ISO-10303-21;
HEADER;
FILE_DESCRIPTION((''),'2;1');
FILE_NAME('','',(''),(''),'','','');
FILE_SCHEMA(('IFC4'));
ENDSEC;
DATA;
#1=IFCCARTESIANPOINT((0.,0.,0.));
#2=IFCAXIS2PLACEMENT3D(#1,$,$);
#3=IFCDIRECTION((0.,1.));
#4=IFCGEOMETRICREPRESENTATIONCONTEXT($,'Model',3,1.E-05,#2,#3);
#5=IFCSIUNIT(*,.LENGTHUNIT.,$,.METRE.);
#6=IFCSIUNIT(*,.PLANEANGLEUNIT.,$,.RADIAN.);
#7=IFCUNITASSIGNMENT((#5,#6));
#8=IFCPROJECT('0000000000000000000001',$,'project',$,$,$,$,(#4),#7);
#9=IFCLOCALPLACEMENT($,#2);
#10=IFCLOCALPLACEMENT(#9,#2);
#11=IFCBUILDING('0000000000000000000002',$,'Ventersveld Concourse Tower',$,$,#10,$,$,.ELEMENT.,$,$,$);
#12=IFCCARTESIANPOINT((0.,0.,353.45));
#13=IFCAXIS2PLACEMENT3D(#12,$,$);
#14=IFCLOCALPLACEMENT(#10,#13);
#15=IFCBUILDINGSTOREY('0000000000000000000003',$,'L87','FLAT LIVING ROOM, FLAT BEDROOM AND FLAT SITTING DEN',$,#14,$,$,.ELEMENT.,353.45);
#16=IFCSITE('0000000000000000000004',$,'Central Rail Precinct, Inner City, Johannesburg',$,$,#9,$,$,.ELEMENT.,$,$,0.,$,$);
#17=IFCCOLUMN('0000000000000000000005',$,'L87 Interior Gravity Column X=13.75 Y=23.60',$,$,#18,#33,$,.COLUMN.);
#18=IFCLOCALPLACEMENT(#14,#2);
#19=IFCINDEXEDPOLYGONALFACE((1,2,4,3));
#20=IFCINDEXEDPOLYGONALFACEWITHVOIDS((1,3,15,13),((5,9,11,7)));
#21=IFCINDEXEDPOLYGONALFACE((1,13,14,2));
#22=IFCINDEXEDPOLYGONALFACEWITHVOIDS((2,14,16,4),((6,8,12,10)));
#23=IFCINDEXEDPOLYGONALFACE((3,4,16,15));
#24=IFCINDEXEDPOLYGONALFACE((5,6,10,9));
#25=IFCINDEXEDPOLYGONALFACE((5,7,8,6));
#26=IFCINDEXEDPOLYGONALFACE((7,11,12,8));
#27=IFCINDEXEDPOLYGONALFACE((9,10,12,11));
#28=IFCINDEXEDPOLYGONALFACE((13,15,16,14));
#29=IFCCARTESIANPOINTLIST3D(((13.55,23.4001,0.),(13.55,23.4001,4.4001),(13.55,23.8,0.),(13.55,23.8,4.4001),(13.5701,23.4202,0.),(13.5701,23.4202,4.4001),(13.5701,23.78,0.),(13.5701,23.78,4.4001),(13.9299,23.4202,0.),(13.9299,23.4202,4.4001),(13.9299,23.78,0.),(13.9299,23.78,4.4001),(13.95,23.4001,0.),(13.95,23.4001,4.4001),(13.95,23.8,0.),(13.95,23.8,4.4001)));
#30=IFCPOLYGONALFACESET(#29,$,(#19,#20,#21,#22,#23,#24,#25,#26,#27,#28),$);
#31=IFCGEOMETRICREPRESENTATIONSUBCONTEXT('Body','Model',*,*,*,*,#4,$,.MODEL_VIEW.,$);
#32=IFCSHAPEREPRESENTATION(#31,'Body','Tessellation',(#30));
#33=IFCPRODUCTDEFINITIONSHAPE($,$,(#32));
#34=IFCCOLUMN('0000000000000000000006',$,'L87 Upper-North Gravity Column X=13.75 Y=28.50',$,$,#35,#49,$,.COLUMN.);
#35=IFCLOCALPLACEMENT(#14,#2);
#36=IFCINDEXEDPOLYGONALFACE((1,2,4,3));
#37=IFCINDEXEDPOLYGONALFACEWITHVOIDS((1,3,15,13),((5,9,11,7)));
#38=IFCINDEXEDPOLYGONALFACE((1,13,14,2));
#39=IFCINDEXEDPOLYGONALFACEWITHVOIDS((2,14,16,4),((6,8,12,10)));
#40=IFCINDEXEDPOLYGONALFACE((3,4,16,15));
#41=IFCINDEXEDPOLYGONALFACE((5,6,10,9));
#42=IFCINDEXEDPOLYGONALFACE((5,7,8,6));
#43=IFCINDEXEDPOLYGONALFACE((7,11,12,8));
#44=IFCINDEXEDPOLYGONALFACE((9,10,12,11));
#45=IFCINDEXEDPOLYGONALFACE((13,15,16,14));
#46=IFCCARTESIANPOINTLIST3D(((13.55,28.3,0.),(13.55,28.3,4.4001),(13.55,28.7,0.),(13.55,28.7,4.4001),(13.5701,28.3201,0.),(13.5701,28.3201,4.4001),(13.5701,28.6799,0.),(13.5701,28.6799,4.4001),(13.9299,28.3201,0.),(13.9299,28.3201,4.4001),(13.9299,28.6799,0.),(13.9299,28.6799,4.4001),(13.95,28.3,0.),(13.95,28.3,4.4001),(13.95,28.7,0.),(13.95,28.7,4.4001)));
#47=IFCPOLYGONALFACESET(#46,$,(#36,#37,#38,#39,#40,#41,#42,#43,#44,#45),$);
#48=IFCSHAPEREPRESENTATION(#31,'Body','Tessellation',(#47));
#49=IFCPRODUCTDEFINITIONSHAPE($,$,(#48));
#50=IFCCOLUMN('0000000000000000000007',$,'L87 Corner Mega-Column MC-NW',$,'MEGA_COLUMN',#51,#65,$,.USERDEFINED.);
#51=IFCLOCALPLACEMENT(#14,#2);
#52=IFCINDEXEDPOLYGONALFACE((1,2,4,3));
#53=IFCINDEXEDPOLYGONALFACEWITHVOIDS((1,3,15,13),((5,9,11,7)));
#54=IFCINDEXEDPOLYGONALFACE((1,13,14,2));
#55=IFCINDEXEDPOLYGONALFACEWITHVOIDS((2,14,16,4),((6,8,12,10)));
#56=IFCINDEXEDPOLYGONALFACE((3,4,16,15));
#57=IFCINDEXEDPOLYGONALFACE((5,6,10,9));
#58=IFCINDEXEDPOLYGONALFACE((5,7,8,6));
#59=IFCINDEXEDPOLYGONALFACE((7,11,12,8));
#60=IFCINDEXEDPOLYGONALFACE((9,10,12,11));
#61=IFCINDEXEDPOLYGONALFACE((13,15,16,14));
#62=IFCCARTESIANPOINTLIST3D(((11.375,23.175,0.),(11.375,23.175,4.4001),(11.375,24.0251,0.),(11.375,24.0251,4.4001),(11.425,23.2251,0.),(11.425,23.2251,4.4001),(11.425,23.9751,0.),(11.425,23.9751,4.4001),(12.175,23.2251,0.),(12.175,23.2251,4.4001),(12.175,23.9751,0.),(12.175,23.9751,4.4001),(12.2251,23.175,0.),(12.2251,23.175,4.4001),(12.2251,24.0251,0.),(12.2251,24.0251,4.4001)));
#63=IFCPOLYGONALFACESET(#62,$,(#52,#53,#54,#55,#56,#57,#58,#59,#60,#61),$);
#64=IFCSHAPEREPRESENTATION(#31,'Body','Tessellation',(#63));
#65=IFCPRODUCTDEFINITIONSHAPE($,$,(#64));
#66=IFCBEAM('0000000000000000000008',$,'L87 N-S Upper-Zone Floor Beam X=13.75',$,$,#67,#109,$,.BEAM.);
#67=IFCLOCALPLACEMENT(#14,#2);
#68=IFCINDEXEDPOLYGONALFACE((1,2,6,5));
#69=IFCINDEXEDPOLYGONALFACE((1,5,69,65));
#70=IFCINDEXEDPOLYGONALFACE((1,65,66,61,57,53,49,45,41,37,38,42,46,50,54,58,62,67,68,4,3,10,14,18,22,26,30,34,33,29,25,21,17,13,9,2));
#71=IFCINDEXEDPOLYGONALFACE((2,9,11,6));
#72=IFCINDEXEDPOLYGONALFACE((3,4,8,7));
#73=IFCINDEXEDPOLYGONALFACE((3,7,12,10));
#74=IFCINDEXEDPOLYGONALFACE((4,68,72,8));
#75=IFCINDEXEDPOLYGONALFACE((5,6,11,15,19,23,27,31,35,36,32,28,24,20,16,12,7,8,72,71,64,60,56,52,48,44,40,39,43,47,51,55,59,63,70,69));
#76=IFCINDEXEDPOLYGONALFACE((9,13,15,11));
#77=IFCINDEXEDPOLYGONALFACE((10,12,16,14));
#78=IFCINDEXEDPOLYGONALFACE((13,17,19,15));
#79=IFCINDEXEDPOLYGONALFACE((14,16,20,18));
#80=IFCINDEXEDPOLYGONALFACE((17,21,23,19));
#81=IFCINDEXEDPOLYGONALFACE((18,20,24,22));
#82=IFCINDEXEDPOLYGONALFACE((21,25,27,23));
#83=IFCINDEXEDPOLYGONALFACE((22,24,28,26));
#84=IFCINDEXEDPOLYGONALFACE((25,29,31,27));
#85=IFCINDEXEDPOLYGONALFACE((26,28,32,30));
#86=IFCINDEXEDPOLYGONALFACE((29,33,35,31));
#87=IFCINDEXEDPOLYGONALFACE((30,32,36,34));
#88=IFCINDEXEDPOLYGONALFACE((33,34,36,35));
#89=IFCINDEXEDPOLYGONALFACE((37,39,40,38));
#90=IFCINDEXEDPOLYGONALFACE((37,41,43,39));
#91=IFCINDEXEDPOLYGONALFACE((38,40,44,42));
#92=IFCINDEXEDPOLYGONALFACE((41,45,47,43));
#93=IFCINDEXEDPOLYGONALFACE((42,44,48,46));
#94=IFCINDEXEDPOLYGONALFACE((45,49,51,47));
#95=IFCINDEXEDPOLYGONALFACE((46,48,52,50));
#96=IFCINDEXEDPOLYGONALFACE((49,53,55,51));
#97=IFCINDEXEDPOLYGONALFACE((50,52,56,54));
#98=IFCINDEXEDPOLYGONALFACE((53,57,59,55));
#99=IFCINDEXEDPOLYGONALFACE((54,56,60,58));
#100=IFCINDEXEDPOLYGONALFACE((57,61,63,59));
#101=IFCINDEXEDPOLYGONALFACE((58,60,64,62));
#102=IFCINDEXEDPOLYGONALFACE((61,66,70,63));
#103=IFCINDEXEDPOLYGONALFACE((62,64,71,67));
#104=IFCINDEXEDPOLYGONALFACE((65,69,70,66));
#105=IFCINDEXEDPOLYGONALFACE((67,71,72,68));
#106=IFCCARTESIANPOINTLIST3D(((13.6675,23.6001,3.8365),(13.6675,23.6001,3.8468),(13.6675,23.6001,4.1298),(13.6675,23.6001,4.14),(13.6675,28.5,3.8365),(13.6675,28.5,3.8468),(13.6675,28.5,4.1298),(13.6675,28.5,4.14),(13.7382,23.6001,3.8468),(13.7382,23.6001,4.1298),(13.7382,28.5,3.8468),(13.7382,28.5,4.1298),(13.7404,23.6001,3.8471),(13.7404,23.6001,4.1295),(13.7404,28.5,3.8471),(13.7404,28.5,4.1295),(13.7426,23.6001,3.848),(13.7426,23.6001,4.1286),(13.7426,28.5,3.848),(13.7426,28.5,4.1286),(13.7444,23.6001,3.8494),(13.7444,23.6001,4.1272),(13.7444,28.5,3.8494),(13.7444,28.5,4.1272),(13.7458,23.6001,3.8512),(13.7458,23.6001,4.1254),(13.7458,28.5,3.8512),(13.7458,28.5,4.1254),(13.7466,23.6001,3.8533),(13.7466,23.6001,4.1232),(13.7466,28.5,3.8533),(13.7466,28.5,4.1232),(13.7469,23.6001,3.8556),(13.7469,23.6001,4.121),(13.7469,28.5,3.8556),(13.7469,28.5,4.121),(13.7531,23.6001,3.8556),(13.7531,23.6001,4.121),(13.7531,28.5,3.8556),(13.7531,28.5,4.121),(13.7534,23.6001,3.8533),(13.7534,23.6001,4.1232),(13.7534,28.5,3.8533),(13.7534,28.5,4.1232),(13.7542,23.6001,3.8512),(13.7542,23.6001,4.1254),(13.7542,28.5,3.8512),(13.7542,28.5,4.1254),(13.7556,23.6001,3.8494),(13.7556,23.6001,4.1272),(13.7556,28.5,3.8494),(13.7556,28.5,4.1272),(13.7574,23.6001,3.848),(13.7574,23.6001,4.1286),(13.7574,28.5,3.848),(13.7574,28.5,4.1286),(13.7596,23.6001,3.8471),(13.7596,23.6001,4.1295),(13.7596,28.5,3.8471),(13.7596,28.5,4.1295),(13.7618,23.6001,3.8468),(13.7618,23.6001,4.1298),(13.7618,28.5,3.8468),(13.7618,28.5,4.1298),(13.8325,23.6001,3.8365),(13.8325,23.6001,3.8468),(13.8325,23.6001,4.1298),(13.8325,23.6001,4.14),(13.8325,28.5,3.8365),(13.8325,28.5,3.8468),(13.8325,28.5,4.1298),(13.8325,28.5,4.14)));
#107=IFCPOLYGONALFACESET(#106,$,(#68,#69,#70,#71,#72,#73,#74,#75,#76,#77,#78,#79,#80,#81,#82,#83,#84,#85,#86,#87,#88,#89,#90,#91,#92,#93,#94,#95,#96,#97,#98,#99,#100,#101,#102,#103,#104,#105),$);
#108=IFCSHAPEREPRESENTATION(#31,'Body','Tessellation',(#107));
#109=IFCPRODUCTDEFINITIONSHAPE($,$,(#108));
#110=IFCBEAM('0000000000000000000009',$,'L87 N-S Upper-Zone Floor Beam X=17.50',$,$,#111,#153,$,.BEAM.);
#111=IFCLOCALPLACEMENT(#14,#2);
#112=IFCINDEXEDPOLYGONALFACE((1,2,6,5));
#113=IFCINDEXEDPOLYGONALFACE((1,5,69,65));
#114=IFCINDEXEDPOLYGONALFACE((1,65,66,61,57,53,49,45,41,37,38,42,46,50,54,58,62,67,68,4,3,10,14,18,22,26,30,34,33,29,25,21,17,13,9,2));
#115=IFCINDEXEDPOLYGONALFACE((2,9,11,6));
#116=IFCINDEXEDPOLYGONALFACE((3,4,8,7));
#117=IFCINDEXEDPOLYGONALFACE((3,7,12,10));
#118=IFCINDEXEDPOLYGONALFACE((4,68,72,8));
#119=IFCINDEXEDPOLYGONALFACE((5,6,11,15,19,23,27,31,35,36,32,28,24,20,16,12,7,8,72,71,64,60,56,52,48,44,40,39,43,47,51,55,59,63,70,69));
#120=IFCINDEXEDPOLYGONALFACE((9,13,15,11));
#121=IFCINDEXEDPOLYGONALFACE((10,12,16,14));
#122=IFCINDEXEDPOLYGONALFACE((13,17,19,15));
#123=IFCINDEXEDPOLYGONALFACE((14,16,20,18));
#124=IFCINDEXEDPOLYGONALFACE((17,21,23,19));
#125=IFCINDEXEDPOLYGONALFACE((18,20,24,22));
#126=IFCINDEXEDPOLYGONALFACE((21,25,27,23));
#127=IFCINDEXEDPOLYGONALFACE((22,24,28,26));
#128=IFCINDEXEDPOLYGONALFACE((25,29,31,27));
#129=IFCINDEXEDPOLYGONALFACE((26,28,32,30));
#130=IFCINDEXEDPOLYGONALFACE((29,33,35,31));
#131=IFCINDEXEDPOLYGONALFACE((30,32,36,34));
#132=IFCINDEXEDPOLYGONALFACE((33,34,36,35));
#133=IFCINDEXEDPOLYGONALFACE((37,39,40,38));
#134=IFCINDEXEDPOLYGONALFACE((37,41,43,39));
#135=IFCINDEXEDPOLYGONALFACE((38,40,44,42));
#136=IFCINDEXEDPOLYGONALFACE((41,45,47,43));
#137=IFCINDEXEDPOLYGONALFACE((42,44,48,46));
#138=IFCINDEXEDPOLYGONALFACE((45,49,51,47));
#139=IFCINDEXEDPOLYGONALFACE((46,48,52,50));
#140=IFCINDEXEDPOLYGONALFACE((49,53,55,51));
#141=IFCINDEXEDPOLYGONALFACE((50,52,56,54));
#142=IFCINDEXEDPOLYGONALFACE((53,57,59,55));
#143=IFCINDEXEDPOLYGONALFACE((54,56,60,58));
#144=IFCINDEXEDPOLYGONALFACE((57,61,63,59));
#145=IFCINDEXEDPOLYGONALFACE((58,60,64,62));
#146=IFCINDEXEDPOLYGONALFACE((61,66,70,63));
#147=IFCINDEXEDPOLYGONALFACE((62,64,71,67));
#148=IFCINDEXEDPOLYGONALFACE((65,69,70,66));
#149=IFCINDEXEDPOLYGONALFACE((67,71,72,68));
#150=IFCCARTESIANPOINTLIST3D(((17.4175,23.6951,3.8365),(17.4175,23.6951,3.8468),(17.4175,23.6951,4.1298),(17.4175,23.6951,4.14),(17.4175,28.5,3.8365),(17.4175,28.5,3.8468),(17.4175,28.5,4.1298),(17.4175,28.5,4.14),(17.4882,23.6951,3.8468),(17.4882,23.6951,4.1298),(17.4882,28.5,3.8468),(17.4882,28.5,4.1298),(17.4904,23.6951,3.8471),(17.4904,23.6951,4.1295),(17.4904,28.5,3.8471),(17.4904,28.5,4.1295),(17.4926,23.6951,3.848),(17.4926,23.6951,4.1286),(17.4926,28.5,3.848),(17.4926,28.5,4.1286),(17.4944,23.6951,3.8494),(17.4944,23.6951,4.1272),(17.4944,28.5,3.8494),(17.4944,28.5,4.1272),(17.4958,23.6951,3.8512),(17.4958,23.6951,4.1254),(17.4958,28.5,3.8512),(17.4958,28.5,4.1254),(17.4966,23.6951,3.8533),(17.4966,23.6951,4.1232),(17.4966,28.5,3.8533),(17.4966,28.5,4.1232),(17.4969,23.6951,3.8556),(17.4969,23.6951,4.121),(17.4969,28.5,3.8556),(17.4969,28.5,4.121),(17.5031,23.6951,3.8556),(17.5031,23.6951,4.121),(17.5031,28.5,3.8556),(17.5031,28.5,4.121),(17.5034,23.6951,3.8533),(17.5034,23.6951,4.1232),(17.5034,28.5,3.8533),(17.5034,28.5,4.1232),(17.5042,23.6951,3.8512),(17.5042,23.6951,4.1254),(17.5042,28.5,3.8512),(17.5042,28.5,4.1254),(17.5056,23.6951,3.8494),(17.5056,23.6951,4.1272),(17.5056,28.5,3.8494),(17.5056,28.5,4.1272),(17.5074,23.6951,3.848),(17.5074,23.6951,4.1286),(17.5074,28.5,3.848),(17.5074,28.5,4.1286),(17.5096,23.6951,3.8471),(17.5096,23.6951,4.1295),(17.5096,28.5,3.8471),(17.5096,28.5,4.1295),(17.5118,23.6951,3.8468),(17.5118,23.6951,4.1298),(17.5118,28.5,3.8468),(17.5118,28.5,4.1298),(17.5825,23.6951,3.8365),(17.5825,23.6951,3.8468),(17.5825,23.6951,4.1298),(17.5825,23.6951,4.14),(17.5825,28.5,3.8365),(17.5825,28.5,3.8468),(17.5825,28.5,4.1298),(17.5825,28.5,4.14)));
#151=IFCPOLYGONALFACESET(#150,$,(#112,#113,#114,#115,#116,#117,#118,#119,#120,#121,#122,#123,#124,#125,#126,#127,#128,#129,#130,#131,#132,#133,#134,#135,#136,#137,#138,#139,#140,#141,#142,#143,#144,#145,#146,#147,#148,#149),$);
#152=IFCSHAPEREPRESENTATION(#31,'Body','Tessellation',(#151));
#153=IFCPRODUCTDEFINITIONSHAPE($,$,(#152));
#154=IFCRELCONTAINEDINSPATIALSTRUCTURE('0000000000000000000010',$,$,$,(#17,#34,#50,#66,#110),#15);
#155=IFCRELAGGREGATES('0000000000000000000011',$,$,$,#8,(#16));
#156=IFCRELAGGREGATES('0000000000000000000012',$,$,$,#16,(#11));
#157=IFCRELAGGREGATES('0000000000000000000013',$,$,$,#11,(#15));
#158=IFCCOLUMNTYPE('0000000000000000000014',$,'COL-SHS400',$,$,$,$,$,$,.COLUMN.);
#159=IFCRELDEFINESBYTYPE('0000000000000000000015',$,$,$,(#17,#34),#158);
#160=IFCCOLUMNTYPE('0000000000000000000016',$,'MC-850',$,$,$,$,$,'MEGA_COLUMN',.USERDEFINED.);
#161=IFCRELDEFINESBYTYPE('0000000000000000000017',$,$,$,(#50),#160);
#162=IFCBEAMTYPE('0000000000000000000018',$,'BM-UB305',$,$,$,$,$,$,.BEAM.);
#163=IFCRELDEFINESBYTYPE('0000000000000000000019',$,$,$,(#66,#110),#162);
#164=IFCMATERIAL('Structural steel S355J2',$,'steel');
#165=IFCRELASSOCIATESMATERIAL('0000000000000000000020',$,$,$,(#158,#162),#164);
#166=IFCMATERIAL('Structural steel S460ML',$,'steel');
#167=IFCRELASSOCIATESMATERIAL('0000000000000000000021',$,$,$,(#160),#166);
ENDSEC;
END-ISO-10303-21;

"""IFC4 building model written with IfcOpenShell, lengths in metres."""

from ifc_helpers import new_model, si_unit, direction, frame, origin, origin_2d, place, context, subcontext, project, spatial, hollow_rectangle, i_section, extrude, material, material_profile, profile_set, type_object, element, save


model = new_model("IFC4")

# Units and contexts
model_context = context("Model", 3, precision=1e-05, world=origin(), true_north=direction((0.0, 1.0)))
body_context = subcontext(model_context, "Body", "Model", "MODEL_VIEW")
ifc_project = project(units=[si_unit("LENGTHUNIT", "METRE"), si_unit("PLANEANGLEUNIT", "RADIAN")], contexts=[model_context])

# Site, building, storey
site_placement = place(None, origin())
site = spatial("IfcSite", under=ifc_project, at=site_placement, Name="Central Rail Precinct, Inner City, Johannesburg", CompositionType="ELEMENT", RefElevation=0.0)
building_placement = place(site_placement, origin())
building = spatial("IfcBuilding", under=site, at=building_placement, Name="Ventersveld Concourse Tower", CompositionType="ELEMENT")
storey_placement = place(building_placement, frame((0.0, 0.0, 353.45)))
storey = spatial("IfcBuildingStorey", under=building, at=storey_placement, Name="L87", Description="FLAT LIVING ROOM, FLAT BEDROOM AND FLAT SITTING DEN", CompositionType="ELEMENT", Elevation=353.45)

# Columns
ifc_material_1 = material(Name="Structural steel S355J2", Category="steel")
ifc_material_profile_1 = material_profile(ifc_material_1, hollow_rectangle(XDim=0.3999, YDim=0.3999, WallThickness=0.02, at=origin_2d()), Name="SHS 400x400x20")
ifc_profile_set_1 = profile_set([ifc_material_profile_1], Name="Structural steel S355J2")
column_type_1 = type_object("IfcColumnType", Name="COL-SHS400", PredefinedType="COLUMN", material=ifc_profile_set_1)
for number, where, z_axis, x_axis, name in (
    (1, (13.75, 23.6001, 0.0), (0.0, 0.0, 1.0), (1.0, 0.0, 0.0), "L87 Interior Gravity Column X=13.75 Y=23.60"),
    (2, (13.75, 28.5, 0.0), (0.0, 0.0, 1.0), (1.0, 0.0, 0.0), "L87 Upper-North Gravity Column X=13.75 Y=28.50"),
):
    element("IfcColumn", number, at=place(storey_placement, frame(where, z_axis=z_axis, x_axis=x_axis)), inside=storey, type_object=column_type_1, Name=name, PredefinedType="COLUMN", context=body_context, shape_type="SweptSolid", body=[
        extrude(hollow_rectangle(XDim=0.3999, YDim=0.3999, WallThickness=0.02, at=origin_2d()), origin(), (0.0, 0.0, 1.0), 4.4001),
    ])
ifc_material_2 = material(Name="Structural steel S460ML", Category="steel")
ifc_material_profile_2 = material_profile(ifc_material_2, hollow_rectangle(XDim=0.8501, YDim=0.8501, WallThickness=0.05, at=origin_2d()), Name="BOX 850x850x50")
ifc_profile_set_2 = profile_set([ifc_material_profile_2], Name="Structural steel S460ML")
column_type_2 = type_object("IfcColumnType", Name="MC-850", ElementType="MEGA_COLUMN", PredefinedType="USERDEFINED", material=ifc_profile_set_2)
column_placement = place(storey_placement, frame((11.8, 23.6001, 0.0), z_axis=(0.0, 0.0, 1.0), x_axis=(1.0, 0.0, 0.0)))
element("IfcColumn", 3, at=column_placement, inside=storey, type_object=column_type_2, Name="L87 Corner Mega-Column MC-NW", ObjectType="MEGA_COLUMN", PredefinedType="USERDEFINED", context=body_context, shape_type="SweptSolid", body=[
    extrude(hollow_rectangle(XDim=0.8501, YDim=0.8501, WallThickness=0.05, at=origin_2d()), origin(), (0.0, 0.0, 1.0), 4.4001),
])

# Beams
ifc_material_profile_3 = material_profile(ifc_material_1, i_section(OverallWidth=0.165, OverallDepth=0.3035, WebThickness=0.0061, FlangeThickness=0.0103, FilletRadius=0.0088, at=origin_2d()), Name="UB 305x165x40")
ifc_profile_set_3 = profile_set([ifc_material_profile_3], Name="Structural steel S355J2")
beam_type_1 = type_object("IfcBeamType", Name="BM-UB305", PredefinedType="BEAM", material=ifc_profile_set_3)
beam_1_placement = place(storey_placement, frame((13.75, 23.6001, 3.9883), z_axis=(0.0, 1.0, 0.0), x_axis=(-1.0, 0.0, 0.0)))
element("IfcBeam", 4, at=beam_1_placement, inside=storey, type_object=beam_type_1, Name="L87 N-S Upper-Zone Floor Beam X=13.75", PredefinedType="BEAM", context=body_context, shape_type="SweptSolid", body=[
    extrude(i_section(OverallWidth=0.165, OverallDepth=0.3035, WebThickness=0.0061, FlangeThickness=0.0103, FilletRadius=0.0088, at=origin_2d()), origin(), (0.0, 0.0, 1.0), 4.8999),
])
beam_2_placement = place(storey_placement, frame((17.5, 23.6951, 3.9883), z_axis=(0.0, 1.0, 0.0), x_axis=(-1.0, 0.0, 0.0)))
element("IfcBeam", 5, at=beam_2_placement, inside=storey, type_object=beam_type_1, Name="L87 N-S Upper-Zone Floor Beam X=17.50", PredefinedType="BEAM", context=body_context, shape_type="SweptSolid", body=[
    extrude(i_section(OverallWidth=0.165, OverallDepth=0.3035, WebThickness=0.0061, FlangeThickness=0.0103, FilletRadius=0.0088, at=origin_2d()), origin(), (0.0, 0.0, 1.0), 4.8049),
])

save(model, "model.ifc")
